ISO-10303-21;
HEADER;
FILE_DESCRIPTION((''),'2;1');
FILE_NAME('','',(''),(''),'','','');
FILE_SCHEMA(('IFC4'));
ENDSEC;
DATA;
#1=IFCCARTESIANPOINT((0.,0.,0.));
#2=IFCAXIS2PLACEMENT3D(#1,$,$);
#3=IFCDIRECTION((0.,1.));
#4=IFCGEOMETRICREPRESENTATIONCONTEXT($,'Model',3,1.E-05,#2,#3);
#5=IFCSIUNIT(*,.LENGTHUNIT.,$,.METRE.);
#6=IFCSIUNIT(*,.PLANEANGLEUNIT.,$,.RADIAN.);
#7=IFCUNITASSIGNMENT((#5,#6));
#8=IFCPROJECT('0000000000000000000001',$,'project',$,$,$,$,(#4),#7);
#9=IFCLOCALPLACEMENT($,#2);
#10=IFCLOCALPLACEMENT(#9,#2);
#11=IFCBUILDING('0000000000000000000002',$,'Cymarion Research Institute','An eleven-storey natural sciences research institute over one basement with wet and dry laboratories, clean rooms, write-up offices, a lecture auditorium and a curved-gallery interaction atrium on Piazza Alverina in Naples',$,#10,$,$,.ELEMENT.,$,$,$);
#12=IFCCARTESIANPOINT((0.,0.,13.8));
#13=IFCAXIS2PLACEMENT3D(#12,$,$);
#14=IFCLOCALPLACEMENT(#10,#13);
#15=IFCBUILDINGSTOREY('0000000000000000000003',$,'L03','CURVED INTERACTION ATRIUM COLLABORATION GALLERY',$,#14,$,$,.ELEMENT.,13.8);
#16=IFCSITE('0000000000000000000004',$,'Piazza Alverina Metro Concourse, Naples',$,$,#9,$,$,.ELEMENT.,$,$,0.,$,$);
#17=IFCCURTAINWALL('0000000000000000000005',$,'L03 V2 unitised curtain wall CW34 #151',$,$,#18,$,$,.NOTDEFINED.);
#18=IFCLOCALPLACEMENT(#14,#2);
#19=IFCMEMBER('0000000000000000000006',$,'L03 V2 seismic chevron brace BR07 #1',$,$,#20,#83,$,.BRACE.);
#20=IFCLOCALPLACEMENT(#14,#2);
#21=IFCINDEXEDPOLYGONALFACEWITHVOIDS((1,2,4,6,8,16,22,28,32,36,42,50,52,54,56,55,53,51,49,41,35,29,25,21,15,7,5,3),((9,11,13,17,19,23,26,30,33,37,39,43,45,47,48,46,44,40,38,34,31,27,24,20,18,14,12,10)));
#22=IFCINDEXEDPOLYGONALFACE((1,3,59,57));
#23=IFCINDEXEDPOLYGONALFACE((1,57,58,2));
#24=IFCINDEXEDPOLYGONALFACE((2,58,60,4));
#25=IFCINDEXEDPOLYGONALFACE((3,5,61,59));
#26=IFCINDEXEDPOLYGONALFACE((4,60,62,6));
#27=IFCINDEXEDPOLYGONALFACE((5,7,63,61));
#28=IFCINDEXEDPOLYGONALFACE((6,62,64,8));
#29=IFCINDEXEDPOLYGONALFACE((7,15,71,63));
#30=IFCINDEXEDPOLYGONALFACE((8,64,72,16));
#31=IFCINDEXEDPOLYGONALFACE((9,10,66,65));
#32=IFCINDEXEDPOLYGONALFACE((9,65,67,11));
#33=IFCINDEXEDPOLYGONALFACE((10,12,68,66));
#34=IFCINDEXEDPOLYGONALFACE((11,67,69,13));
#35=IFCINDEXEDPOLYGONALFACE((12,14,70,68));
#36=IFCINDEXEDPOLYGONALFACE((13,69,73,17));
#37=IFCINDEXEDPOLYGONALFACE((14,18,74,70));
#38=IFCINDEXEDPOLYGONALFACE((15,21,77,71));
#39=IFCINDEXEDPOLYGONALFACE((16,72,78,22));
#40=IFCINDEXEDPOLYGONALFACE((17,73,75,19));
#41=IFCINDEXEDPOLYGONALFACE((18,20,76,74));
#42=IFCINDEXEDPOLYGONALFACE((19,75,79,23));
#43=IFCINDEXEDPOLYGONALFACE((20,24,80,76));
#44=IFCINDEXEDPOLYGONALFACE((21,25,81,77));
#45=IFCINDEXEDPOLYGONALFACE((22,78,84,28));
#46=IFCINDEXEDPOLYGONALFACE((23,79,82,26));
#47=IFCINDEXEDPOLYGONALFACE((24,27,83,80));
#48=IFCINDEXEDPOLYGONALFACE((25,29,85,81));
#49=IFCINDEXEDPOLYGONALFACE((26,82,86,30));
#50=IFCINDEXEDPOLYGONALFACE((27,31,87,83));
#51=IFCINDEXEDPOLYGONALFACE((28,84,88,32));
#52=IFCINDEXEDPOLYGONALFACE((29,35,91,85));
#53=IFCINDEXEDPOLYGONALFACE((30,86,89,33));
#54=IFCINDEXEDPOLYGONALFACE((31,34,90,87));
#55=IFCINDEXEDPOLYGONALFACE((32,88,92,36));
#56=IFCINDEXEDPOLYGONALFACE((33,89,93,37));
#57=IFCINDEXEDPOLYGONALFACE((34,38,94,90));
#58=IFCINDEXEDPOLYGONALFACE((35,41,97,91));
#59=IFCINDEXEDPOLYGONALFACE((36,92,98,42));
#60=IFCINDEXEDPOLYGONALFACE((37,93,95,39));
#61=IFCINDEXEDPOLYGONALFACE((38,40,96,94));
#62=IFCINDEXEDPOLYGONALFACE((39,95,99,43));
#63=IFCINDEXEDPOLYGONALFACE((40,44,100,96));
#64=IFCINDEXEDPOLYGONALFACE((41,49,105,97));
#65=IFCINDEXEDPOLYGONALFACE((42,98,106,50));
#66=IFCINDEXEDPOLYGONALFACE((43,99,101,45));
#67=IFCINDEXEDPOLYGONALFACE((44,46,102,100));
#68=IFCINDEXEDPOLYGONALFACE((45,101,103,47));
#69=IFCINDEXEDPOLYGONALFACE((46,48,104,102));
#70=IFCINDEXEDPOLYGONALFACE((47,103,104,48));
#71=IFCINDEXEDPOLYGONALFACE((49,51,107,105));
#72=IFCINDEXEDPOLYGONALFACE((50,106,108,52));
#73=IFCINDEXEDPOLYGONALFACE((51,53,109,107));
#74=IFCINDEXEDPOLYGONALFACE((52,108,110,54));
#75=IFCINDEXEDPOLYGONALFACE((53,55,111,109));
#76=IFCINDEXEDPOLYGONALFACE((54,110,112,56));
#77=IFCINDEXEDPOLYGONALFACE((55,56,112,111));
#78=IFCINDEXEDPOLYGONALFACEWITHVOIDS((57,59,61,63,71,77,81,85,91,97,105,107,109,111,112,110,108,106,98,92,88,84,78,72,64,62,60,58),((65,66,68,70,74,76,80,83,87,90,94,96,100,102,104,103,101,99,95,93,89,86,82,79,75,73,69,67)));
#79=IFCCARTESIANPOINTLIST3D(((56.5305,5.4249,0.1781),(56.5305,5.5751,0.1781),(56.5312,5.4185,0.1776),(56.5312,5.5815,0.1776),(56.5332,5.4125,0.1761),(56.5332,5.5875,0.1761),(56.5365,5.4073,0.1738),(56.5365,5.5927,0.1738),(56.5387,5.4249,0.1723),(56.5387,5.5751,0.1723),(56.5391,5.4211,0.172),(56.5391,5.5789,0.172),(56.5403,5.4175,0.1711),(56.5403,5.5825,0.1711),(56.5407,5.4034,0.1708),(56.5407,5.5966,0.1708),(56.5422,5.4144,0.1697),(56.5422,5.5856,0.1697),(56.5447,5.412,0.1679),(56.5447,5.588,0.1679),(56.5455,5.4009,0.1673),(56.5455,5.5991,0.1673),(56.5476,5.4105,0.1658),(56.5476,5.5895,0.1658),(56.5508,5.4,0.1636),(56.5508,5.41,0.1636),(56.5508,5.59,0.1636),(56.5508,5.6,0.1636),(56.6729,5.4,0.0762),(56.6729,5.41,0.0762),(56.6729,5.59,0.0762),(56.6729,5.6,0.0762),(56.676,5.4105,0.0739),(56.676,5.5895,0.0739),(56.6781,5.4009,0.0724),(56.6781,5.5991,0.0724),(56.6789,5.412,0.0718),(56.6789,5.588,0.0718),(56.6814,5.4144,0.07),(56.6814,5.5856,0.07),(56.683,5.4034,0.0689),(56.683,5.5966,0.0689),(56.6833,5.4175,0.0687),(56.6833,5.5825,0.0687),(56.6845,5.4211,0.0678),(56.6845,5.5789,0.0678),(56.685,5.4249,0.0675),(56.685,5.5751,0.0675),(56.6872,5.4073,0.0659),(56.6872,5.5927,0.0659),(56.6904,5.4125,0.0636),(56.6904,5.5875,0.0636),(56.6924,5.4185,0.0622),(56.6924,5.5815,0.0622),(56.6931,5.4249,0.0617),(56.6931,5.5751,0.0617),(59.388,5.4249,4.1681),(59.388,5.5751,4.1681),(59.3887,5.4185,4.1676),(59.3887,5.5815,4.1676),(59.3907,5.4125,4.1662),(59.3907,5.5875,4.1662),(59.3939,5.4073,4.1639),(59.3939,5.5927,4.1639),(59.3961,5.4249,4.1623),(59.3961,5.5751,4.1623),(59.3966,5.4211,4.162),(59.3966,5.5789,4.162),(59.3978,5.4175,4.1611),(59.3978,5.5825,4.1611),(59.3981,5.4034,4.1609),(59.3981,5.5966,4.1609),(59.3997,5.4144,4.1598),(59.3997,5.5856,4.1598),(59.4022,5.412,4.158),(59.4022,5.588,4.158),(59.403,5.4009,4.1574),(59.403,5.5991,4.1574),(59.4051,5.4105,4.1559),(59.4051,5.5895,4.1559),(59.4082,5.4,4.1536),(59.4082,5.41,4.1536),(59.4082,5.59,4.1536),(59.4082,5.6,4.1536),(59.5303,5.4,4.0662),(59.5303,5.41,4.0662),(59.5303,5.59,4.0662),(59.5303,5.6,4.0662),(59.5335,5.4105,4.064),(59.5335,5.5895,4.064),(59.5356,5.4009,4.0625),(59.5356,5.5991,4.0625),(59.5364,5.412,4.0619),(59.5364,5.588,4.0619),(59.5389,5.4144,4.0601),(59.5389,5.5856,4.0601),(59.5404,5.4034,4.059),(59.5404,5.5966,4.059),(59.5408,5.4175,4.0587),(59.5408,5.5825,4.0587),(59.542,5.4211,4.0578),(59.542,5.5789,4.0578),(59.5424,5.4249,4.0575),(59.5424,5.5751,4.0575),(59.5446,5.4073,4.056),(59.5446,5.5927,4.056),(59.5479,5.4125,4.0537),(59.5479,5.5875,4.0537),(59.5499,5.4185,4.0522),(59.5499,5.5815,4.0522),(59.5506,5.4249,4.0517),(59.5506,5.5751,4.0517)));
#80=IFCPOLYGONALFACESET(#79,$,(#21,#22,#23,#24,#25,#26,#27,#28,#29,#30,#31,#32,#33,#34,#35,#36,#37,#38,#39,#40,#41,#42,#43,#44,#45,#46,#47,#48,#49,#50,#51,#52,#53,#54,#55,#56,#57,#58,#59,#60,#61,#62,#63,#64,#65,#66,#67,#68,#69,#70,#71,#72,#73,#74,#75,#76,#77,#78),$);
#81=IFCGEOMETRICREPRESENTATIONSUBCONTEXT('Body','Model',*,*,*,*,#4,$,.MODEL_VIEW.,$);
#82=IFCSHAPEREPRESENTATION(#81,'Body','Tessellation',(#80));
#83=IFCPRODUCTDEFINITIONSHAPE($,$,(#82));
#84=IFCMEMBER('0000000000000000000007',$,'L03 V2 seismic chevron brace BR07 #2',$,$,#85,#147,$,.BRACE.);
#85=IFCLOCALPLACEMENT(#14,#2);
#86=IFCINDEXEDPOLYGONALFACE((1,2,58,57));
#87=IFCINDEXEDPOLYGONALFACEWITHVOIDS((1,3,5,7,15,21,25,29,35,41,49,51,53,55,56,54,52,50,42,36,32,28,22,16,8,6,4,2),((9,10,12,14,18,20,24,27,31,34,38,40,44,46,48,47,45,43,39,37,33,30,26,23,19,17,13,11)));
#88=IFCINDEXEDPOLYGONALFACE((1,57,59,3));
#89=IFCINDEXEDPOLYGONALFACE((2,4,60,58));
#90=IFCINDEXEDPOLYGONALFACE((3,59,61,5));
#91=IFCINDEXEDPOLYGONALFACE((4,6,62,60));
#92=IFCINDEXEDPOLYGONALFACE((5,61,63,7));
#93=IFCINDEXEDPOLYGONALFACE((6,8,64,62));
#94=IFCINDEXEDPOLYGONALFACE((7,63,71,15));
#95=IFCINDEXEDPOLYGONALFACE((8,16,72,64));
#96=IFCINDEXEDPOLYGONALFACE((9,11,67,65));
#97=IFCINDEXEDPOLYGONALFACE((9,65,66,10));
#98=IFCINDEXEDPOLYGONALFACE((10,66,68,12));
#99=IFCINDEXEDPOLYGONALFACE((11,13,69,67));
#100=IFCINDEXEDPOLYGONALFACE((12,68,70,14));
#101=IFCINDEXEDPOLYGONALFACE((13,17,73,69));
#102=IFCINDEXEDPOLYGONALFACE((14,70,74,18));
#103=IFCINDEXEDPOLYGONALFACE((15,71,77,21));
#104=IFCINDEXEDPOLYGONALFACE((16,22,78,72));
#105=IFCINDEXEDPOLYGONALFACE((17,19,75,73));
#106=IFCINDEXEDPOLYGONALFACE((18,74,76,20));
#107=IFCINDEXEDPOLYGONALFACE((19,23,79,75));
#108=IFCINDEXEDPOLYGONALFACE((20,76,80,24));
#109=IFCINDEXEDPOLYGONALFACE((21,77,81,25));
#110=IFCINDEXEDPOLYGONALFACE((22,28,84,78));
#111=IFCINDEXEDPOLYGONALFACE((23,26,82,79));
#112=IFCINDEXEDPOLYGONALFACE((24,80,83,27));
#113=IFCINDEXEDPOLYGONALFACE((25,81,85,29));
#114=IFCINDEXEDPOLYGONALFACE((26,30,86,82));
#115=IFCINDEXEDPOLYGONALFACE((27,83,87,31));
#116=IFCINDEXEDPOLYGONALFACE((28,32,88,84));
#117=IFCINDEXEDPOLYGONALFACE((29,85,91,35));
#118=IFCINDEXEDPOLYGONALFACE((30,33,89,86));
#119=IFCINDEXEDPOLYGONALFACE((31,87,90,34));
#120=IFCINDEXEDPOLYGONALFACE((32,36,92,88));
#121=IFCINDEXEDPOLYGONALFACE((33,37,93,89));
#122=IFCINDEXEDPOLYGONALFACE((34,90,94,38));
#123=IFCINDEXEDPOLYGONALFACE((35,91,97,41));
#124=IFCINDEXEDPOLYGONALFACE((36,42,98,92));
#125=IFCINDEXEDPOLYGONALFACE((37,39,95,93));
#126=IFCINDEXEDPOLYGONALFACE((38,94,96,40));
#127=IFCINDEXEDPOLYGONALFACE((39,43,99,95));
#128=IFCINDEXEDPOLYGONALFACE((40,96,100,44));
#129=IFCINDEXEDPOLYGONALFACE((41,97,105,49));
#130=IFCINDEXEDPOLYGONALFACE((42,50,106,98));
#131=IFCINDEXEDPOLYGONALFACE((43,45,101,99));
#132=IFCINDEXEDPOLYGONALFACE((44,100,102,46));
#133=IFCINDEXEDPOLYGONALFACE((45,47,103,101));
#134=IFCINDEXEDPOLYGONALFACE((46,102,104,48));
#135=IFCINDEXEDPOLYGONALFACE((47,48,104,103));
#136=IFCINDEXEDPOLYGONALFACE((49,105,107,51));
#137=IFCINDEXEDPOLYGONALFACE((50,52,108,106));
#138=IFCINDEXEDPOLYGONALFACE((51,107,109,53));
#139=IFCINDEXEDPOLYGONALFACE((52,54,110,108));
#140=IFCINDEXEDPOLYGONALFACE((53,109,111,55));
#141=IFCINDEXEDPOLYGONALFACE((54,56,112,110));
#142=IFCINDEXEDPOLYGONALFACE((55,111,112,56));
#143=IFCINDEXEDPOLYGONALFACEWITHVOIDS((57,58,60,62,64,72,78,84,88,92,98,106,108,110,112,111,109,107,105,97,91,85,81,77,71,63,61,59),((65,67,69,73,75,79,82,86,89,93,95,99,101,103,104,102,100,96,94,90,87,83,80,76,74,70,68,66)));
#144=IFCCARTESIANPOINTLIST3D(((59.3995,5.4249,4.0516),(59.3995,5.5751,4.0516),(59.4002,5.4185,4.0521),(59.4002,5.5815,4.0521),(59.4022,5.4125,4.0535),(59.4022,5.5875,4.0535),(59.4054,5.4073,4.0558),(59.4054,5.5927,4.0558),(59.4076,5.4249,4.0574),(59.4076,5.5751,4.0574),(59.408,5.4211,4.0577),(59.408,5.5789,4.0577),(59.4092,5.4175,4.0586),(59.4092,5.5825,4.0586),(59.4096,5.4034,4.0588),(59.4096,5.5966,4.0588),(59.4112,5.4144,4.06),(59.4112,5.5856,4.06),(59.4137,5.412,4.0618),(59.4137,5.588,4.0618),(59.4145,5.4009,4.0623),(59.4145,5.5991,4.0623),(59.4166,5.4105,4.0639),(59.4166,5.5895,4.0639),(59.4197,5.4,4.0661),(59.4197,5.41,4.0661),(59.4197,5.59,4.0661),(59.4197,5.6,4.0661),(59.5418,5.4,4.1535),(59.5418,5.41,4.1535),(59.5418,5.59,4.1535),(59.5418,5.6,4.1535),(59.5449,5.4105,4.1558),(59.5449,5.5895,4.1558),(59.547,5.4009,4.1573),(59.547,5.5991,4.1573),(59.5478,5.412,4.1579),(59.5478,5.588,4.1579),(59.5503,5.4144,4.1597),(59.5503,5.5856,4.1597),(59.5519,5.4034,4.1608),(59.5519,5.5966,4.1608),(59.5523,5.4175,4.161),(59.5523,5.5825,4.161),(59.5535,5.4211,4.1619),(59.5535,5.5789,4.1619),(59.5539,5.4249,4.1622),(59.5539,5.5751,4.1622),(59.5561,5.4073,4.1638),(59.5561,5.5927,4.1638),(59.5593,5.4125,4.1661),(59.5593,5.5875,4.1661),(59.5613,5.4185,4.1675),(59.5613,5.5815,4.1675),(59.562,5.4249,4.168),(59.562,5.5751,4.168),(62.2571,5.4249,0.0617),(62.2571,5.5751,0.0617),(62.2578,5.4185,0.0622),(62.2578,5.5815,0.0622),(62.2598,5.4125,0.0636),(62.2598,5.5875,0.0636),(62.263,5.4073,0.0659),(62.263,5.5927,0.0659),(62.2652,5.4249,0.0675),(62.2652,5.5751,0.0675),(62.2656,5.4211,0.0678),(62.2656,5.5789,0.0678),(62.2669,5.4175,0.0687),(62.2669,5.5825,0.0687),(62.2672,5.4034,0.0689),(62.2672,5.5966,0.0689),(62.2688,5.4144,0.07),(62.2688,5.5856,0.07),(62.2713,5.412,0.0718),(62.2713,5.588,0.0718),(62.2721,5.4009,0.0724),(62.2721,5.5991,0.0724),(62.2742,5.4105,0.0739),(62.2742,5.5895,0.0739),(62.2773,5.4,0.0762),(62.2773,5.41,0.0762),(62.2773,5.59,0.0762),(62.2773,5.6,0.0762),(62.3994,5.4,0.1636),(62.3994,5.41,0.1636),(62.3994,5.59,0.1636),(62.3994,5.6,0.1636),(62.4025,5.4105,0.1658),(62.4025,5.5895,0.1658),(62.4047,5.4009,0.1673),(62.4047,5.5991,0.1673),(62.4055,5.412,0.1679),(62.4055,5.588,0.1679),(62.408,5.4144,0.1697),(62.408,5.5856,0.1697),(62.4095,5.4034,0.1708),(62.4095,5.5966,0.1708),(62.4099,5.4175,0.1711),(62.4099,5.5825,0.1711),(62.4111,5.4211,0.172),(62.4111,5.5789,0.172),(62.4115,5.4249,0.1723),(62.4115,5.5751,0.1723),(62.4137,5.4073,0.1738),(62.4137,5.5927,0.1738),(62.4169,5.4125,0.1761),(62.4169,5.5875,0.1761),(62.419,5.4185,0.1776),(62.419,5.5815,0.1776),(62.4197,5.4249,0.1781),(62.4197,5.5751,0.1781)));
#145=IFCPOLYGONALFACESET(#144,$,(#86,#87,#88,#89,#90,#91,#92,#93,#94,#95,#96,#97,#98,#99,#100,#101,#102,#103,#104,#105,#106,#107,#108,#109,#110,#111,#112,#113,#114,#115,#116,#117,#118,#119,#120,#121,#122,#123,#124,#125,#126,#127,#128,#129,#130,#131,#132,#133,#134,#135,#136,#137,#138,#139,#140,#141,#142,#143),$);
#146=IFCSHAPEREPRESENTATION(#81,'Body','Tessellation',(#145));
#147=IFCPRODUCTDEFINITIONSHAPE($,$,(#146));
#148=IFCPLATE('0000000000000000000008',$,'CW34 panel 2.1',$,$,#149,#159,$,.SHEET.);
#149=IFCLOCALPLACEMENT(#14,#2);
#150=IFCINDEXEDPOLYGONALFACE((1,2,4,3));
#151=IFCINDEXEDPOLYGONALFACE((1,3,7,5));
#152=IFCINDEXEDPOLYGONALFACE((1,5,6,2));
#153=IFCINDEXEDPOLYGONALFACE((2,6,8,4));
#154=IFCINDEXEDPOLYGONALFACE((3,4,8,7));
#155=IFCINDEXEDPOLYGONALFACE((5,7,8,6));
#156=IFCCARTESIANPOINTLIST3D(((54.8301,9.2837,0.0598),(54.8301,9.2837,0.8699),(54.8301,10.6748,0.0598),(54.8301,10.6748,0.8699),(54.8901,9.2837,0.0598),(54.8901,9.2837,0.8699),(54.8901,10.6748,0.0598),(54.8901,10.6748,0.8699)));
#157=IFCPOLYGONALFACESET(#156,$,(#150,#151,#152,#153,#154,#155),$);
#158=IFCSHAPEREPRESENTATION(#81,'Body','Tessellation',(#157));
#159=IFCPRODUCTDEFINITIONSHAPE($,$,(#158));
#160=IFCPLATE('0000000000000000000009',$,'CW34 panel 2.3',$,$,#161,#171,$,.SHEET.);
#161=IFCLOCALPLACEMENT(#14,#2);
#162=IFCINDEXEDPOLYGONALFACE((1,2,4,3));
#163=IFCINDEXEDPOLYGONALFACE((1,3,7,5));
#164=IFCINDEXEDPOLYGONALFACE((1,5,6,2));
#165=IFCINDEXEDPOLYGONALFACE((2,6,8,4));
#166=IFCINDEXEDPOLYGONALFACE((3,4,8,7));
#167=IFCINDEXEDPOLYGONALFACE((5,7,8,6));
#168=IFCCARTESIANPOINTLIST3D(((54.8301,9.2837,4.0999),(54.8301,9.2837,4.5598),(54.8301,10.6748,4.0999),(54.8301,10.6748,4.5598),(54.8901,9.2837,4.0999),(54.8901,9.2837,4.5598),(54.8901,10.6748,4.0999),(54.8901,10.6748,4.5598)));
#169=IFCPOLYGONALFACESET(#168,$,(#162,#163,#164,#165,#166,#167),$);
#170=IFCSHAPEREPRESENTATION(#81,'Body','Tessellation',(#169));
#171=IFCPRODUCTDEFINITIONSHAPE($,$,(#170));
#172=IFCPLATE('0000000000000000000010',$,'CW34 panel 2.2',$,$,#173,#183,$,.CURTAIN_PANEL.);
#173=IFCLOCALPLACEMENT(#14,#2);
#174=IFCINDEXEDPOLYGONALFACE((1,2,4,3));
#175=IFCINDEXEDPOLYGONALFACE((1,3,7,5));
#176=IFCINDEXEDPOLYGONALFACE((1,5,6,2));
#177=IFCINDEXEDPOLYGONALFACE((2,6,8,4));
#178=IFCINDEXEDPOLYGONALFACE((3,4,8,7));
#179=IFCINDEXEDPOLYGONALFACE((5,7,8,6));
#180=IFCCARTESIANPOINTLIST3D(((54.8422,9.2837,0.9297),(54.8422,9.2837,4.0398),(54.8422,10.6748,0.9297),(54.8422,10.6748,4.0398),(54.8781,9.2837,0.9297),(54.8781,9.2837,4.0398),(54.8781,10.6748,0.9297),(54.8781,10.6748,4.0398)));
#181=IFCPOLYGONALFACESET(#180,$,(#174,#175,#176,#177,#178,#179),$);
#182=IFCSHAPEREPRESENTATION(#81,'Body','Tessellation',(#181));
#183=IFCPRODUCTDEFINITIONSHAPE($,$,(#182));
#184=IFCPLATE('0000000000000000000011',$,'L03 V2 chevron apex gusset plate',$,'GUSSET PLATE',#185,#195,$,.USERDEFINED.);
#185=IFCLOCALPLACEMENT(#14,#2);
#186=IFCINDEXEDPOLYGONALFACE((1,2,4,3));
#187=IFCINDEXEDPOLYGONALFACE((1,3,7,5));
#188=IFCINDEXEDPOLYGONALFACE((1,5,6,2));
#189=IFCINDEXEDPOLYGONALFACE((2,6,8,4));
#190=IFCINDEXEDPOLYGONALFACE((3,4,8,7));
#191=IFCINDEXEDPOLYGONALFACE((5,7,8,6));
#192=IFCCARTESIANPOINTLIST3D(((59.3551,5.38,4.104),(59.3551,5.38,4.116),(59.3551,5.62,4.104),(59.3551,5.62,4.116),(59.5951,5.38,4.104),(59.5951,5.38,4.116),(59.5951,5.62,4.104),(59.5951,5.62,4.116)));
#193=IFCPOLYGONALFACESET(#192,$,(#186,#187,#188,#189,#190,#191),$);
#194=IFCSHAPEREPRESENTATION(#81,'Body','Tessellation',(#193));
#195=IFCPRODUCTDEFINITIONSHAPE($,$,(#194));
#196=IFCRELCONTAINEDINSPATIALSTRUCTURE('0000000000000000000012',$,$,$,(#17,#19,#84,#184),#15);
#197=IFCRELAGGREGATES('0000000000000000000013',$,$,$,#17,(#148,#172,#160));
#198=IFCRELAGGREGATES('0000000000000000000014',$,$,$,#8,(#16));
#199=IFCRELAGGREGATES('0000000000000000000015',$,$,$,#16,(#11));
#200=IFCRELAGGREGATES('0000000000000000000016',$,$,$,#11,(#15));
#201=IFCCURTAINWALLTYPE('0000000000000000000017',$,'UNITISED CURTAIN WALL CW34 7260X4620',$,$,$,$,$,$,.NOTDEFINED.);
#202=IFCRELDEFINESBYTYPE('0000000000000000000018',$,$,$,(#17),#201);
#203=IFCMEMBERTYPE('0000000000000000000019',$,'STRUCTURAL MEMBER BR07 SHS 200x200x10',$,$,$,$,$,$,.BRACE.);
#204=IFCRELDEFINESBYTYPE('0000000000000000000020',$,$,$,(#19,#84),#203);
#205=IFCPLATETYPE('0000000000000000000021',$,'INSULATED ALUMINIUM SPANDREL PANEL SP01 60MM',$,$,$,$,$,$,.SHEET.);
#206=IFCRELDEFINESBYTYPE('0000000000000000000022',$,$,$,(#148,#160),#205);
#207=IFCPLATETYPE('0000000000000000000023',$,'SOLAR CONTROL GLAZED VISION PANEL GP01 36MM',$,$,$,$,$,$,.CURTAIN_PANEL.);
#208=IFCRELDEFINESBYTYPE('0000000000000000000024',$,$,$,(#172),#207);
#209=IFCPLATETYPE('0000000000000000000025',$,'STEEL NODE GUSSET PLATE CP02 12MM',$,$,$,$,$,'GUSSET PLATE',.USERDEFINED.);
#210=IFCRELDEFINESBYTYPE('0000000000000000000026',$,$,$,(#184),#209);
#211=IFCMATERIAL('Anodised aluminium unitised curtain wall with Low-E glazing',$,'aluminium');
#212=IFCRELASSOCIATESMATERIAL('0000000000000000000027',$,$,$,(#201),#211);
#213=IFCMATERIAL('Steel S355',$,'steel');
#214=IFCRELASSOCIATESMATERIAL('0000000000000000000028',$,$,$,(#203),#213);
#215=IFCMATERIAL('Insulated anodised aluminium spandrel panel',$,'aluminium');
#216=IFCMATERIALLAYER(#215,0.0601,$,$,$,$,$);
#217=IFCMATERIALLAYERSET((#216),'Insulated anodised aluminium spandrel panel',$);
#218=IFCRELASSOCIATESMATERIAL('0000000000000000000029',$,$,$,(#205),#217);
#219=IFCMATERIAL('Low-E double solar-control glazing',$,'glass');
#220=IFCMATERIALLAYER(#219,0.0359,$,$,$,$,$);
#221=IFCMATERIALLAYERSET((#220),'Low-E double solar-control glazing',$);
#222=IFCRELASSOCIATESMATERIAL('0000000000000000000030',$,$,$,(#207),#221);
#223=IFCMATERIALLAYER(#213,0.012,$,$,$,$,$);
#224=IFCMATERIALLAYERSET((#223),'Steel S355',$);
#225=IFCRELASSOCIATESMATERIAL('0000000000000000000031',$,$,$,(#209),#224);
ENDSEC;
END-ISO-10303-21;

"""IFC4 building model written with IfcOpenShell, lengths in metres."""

from ifc_helpers import new_model, si_unit, direction, frame, origin, origin_2d, place, context, subcontext, project, spatial, rectangle, hollow_rectangle, extrude, material, layer, layer_set, material_profile, profile_set, type_object, element, aggregate, save


model = new_model("IFC4")

# Units and contexts
model_context = context("Model", 3, precision=1e-05, world=origin(), true_north=direction((0.0, 1.0)))
body_context = subcontext(model_context, "Body", "Model", "MODEL_VIEW")
ifc_project = project(units=[si_unit("LENGTHUNIT", "METRE"), si_unit("PLANEANGLEUNIT", "RADIAN")], contexts=[model_context])

# Site, building, storey
site_placement = place(None, origin())
site = spatial("IfcSite", under=ifc_project, at=site_placement, Name="Piazza Alverina Metro Concourse, Naples", CompositionType="ELEMENT", RefElevation=0.0)
building_placement = place(site_placement, origin())
building = spatial("IfcBuilding", under=site, at=building_placement, Name="Cymarion Research Institute", Description="An eleven-storey natural sciences research institute over one basement with wet and dry laboratories, clean rooms, write-up offices, a lecture auditorium and a curved-gallery interaction atrium on Piazza Alverina in Naples", CompositionType="ELEMENT")
storey_placement = place(building_placement, frame((0.0, 0.0, 13.8)))
storey = spatial("IfcBuildingStorey", under=building, at=storey_placement, Name="L03", Description="CURVED INTERACTION ATRIUM COLLABORATION GALLERY", CompositionType="ELEMENT", Elevation=13.8)

# Shared definitions
ifc_material_1 = material(Name="Steel S355", Category="steel")

# Curtain wall
ifc_material_2 = material(Name="Anodised aluminium unitised curtain wall with Low-E glazing", Category="aluminium")
curtain_wall_type = type_object("IfcCurtainWallType", Name="UNITISED CURTAIN WALL CW34 7260X4620", PredefinedType="NOTDEFINED", material=ifc_material_2)
curtain_wall_placement = place(storey_placement, origin())
curtain_wall = element("IfcCurtainWall", 1, at=curtain_wall_placement, inside=storey, type_object=curtain_wall_type, Name="L03 V2 unitised curtain wall CW34 #151", PredefinedType="NOTDEFINED")

# Members
ifc_material_profile_1 = material_profile(ifc_material_1, hollow_rectangle(XDim=0.2, YDim=0.2, WallThickness=0.01, InnerFilletRadius=0.0149, OuterFilletRadius=0.0249, at=origin_2d()), Name="SHS 200x200x10")
ifc_profile_set_1 = profile_set([ifc_material_profile_1], Name="Steel S355")
member_type_1 = type_object("IfcMemberType", Name="STRUCTURAL MEMBER BR07 SHS 200x200x10", PredefinedType="BRACE", material=ifc_profile_set_1)
for number, where, z_axis, x_axis, name in (
    (2, (56.6118, 5.5, 0.1199), (0.58224, 0.0, 0.813017), (0.0, 1.0, 0.0), "L03 V2 seismic chevron brace BR07 #1"),
    (3, (62.3384, 5.5, 0.1199), (-0.582273, 0.0, 0.812993), (0.0, -1.0, 0.0), "L03 V2 seismic chevron brace BR07 #2"),
):
    element("IfcMember", number, at=place(storey_placement, frame(where, z_axis=z_axis, x_axis=x_axis)), inside=storey, type_object=member_type_1, Name=name, PredefinedType="BRACE", context=body_context, shape_type="SweptSolid", body=[
        extrude(hollow_rectangle(XDim=0.2, YDim=0.2, WallThickness=0.01, InnerFilletRadius=0.0149, OuterFilletRadius=0.0249, at=origin_2d()), origin(), (0.0, 0.0, 1.0), 4.9077),
    ])

# Plates
ifc_material_3 = material(Name="Insulated anodised aluminium spandrel panel", Category="aluminium")
ifc_layer_1 = layer(ifc_material_3, 0.0601)
ifc_layer_set_1 = layer_set([ifc_layer_1], Name="Insulated anodised aluminium spandrel panel")
plate_type_1 = type_object("IfcPlateType", Name="INSULATED ALUMINIUM SPANDREL PANEL SP01 60MM", PredefinedType="SHEET", material=ifc_layer_set_1)
plate_1_placement = place(storey_placement, frame((54.8601, 9.9792, 0.0598), z_axis=(0.0, 0.0, 1.0), x_axis=(0.0, -1.0, 0.0)))
plate_1 = element("IfcPlate", 4, at=plate_1_placement, type_object=plate_type_1, Name="CW34 panel 2.1", PredefinedType="SHEET", context=body_context, shape_type="SweptSolid", body=[
    extrude(rectangle(XDim=1.3911, YDim=0.0601, at=origin_2d()), origin(), (0.0, 0.0, 1.0), 0.8101),
])
plate_2_placement = place(storey_placement, frame((54.8601, 9.9792, 4.0999), z_axis=(0.0, 0.0, 1.0), x_axis=(0.0, -1.0, 0.0)))
plate_2 = element("IfcPlate", 5, at=plate_2_placement, type_object=plate_type_1, Name="CW34 panel 2.3", PredefinedType="SHEET", context=body_context, shape_type="SweptSolid", body=[
    extrude(rectangle(XDim=1.3911, YDim=0.0601, at=origin_2d()), origin(), (0.0, 0.0, 1.0), 0.46),
])
ifc_material_4 = material(Name="Low-E double solar-control glazing", Category="glass")
ifc_layer_2 = layer(ifc_material_4, 0.0359)
ifc_layer_set_2 = layer_set([ifc_layer_2], Name="Low-E double solar-control glazing")
plate_type_2 = type_object("IfcPlateType", Name="SOLAR CONTROL GLAZED VISION PANEL GP01 36MM", PredefinedType="CURTAIN_PANEL", material=ifc_layer_set_2)
plate_3_placement = place(storey_placement, frame((54.8601, 9.9792, 0.9297), z_axis=(0.0, 0.0, 1.0), x_axis=(0.0, -1.0, 0.0)))
plate_3 = element("IfcPlate", 6, at=plate_3_placement, type_object=plate_type_2, Name="CW34 panel 2.2", PredefinedType="CURTAIN_PANEL", context=body_context, shape_type="SweptSolid", body=[
    extrude(rectangle(XDim=1.3911, YDim=0.0359, at=origin_2d()), origin(), (0.0, 0.0, 1.0), 3.1101),
])
aggregate(curtain_wall, [plate_1, plate_3, plate_2])

# Plate
ifc_layer_3 = layer(ifc_material_1, 0.012)
ifc_layer_set_3 = layer_set([ifc_layer_3], Name="Steel S355")
plate_type_3 = type_object("IfcPlateType", Name="STEEL NODE GUSSET PLATE CP02 12MM", ElementType="GUSSET PLATE", PredefinedType="USERDEFINED", material=ifc_layer_set_3)
for number, where, z_axis, x_axis, name in (
    (7, (59.4751, 5.5, 4.104), (0.0, 0.0, 1.0), (1.0, 0.0, 0.0), "L03 V2 chevron apex gusset plate"),
):
    element("IfcPlate", number, at=place(storey_placement, frame(where, z_axis=z_axis, x_axis=x_axis)), inside=storey, type_object=plate_type_3, Name=name, ObjectType="GUSSET PLATE", PredefinedType="USERDEFINED", context=body_context, shape_type="SweptSolid", body=[
        extrude(rectangle(XDim=0.24, YDim=0.24, at=origin_2d()), origin(), (0.0, 0.0, 1.0), 0.012),
    ])

save(model, "model.ifc")
